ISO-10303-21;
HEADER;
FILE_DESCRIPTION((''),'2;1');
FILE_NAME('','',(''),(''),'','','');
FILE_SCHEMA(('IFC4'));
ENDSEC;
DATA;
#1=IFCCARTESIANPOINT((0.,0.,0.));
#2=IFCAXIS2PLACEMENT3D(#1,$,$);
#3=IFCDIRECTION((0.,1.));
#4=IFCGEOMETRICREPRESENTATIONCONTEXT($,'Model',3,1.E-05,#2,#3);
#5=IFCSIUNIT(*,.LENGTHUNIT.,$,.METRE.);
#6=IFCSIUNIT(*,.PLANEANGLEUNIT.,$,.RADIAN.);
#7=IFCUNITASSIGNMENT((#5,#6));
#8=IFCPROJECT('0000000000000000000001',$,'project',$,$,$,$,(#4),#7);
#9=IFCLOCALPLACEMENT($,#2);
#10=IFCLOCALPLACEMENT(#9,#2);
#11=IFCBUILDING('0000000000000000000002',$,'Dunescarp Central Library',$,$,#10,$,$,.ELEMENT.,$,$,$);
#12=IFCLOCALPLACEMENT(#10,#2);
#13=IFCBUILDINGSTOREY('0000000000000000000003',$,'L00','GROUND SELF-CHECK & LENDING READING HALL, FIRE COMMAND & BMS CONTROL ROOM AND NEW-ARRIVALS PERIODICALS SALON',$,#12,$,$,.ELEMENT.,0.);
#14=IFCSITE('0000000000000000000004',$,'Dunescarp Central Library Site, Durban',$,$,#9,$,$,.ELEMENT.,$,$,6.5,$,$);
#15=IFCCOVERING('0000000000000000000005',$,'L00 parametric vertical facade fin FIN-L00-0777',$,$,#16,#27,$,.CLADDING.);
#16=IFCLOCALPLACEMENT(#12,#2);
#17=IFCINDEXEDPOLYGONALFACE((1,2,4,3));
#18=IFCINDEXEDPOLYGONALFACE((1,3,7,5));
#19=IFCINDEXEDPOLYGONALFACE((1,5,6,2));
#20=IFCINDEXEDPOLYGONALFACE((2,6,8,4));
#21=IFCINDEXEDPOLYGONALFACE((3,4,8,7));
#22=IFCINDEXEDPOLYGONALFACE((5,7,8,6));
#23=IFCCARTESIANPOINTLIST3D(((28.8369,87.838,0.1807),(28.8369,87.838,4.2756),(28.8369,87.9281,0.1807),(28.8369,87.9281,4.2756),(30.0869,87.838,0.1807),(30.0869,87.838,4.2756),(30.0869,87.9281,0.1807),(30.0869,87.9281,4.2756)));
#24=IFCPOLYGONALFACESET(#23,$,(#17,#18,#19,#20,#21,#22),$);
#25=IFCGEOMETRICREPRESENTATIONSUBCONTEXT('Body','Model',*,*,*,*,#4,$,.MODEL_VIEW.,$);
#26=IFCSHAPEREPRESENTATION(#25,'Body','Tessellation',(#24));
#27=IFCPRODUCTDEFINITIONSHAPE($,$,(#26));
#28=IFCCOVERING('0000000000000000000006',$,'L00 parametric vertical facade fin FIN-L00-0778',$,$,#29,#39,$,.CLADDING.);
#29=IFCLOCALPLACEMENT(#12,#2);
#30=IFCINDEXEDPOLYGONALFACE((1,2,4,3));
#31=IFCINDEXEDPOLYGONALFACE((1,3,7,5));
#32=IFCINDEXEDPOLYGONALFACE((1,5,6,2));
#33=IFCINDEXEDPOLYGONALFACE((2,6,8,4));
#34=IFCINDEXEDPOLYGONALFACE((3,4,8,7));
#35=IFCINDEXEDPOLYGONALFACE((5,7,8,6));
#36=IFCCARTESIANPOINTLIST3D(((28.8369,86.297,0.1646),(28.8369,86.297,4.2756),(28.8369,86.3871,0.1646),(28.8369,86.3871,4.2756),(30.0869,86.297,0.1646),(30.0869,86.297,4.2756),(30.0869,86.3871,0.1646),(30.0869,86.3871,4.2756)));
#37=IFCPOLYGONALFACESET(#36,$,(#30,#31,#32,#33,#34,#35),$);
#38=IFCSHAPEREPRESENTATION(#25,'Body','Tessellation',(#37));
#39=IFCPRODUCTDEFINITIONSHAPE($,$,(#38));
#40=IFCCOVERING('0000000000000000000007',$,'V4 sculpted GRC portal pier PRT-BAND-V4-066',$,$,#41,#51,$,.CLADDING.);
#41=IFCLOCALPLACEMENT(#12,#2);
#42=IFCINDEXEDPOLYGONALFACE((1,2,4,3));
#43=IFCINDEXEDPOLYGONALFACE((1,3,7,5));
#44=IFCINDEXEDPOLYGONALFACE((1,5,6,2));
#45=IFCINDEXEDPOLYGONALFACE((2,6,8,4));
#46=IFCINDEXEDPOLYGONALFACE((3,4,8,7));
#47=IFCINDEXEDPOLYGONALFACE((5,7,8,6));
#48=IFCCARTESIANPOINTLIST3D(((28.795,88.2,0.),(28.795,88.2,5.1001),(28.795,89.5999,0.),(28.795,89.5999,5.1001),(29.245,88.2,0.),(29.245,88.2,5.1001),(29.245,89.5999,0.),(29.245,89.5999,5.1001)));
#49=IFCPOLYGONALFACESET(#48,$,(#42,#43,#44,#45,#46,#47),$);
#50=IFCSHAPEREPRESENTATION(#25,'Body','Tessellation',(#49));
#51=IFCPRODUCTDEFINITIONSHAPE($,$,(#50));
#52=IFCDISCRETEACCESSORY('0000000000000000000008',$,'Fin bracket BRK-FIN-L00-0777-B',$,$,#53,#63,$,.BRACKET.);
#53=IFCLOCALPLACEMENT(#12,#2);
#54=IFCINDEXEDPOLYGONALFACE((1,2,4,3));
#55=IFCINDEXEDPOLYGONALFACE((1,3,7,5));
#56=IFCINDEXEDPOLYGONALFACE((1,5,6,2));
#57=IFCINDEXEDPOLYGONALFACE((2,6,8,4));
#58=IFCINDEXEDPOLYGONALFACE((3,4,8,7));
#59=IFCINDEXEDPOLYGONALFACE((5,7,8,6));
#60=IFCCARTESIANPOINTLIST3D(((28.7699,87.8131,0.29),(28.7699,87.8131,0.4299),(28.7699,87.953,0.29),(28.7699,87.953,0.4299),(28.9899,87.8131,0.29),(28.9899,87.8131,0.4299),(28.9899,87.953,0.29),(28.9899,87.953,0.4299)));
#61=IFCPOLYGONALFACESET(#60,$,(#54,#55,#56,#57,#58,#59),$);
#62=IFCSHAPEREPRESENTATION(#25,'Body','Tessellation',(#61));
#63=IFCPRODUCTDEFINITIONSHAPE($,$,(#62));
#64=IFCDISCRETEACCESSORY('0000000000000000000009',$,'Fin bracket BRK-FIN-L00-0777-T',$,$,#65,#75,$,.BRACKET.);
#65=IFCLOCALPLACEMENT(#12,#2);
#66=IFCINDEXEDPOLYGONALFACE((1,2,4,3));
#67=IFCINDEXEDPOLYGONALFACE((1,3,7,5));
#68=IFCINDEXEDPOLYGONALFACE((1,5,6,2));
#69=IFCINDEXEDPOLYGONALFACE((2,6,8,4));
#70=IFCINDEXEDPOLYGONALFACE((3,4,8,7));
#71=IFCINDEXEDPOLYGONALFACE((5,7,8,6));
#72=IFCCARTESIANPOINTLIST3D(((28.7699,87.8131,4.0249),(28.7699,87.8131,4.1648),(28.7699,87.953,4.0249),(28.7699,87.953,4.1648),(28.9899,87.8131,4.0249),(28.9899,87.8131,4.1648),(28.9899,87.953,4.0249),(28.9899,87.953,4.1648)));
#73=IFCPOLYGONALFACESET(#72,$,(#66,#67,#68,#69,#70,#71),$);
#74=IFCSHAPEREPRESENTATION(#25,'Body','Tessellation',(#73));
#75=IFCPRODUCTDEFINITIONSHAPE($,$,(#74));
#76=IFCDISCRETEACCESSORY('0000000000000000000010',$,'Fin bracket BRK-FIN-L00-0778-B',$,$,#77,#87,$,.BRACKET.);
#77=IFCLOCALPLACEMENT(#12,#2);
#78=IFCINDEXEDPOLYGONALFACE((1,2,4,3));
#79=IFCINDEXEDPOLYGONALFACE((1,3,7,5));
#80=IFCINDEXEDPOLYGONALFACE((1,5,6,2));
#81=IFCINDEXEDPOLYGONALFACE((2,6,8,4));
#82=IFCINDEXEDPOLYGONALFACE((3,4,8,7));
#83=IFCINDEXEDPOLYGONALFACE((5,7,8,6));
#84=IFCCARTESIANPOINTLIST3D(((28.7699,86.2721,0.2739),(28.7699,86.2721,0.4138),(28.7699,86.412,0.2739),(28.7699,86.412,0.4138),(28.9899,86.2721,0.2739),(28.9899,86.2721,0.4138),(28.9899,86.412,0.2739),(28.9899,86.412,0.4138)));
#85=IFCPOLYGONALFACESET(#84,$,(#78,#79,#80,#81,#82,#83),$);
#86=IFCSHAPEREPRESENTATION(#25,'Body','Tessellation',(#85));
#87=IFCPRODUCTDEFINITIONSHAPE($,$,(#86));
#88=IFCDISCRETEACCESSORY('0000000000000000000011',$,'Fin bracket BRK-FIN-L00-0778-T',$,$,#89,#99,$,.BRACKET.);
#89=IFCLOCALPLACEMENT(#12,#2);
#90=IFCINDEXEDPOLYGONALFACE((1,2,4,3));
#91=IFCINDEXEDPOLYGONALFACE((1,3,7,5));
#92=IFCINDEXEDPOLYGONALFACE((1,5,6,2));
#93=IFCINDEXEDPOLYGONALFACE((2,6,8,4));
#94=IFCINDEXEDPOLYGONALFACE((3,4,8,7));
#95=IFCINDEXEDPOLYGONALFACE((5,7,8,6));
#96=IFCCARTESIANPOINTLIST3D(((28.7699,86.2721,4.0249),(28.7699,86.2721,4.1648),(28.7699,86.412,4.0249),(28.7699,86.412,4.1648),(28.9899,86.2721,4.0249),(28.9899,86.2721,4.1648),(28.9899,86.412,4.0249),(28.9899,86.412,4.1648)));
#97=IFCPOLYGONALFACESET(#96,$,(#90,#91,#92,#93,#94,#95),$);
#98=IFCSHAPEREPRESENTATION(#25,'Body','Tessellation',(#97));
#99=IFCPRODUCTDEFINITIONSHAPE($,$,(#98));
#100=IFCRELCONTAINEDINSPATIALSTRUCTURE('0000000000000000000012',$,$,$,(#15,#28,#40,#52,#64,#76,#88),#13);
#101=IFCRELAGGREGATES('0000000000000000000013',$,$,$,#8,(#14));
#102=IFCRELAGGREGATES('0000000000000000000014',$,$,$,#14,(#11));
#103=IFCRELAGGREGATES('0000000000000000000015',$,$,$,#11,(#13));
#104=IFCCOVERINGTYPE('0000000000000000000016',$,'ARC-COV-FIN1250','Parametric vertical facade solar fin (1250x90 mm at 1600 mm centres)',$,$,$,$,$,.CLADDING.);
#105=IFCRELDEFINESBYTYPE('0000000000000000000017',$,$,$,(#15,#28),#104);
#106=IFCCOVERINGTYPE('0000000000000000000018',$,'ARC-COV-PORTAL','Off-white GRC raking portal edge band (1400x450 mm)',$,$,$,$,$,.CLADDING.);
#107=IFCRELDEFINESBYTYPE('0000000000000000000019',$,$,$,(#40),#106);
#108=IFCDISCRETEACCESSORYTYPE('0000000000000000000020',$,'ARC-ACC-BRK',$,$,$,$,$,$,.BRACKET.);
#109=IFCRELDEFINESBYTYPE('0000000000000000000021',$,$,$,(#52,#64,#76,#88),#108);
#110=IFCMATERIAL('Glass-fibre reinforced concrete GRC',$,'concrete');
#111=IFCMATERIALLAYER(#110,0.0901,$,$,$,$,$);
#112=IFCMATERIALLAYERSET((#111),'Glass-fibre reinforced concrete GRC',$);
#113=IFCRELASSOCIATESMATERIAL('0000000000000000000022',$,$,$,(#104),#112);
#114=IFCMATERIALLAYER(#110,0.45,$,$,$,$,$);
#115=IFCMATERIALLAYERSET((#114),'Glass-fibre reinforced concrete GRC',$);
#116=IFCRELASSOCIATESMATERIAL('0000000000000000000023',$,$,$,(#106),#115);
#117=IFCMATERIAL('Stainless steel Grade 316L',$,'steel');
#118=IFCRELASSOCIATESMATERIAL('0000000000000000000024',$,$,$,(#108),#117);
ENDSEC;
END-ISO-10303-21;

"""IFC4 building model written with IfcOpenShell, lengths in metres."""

from ifc_helpers import new_model, si_unit, direction, frame, origin, origin_2d, place, context, subcontext, project, spatial, rectangle, extrude, material, layer, layer_set, type_object, element, save


model = new_model("IFC4")

# Units and contexts
model_context = context("Model", 3, precision=1e-05, world=origin(), true_north=direction((0.0, 1.0)))
body_context = subcontext(model_context, "Body", "Model", "MODEL_VIEW")
ifc_project = project(units=[si_unit("LENGTHUNIT", "METRE"), si_unit("PLANEANGLEUNIT", "RADIAN")], contexts=[model_context])

# Site, building, storey
site_placement = place(None, origin())
site = spatial("IfcSite", under=ifc_project, at=site_placement, Name="Dunescarp Central Library Site, Durban", CompositionType="ELEMENT", RefElevation=6.5)
building_placement = place(site_placement, origin())
building = spatial("IfcBuilding", under=site, at=building_placement, Name="Dunescarp Central Library", CompositionType="ELEMENT")
storey_placement = place(building_placement, origin())
storey = spatial("IfcBuildingStorey", under=building, at=storey_placement, Name="L00", Description="GROUND SELF-CHECK & LENDING READING HALL, FIRE COMMAND & BMS CONTROL ROOM AND NEW-ARRIVALS PERIODICALS SALON", CompositionType="ELEMENT", Elevation=0.0)

# Coverings
ifc_material_1 = material(Name="Glass-fibre reinforced concrete GRC", Category="concrete")
ifc_layer_1 = layer(ifc_material_1, 0.0901)
ifc_layer_set_1 = layer_set([ifc_layer_1], Name="Glass-fibre reinforced concrete GRC")
covering_type_1 = type_object("IfcCoveringType", Name="ARC-COV-FIN1250", Description="Parametric vertical facade solar fin (1250x90 mm at 1600 mm centres)", PredefinedType="CLADDING", material=ifc_layer_set_1)
covering_1_placement = place(storey_placement, frame((29.4619, 87.8831, 0.1807), z_axis=(0.0, 0.0, 1.0), x_axis=(1.0, 0.0, 0.0)))
element("IfcCovering", 1, at=covering_1_placement, inside=storey, type_object=covering_type_1, Name="L00 parametric vertical facade fin FIN-L00-0777", PredefinedType="CLADDING", context=body_context, shape_type="SweptSolid", body=[
    extrude(rectangle(XDim=1.25, YDim=0.0901, at=origin_2d()), origin(), (0.0, 0.0, 1.0), 4.095),
])
covering_2_placement = place(storey_placement, frame((29.4619, 86.342, 0.1646), z_axis=(0.0, 0.0, 1.0), x_axis=(1.0, 0.0, 0.0)))
element("IfcCovering", 2, at=covering_2_placement, inside=storey, type_object=covering_type_1, Name="L00 parametric vertical facade fin FIN-L00-0778", PredefinedType="CLADDING", context=body_context, shape_type="SweptSolid", body=[
    extrude(rectangle(XDim=1.25, YDim=0.0901, at=origin_2d()), origin(), (0.0, 0.0, 1.0), 4.1111),
])
ifc_layer_2 = layer(ifc_material_1, 0.45)
ifc_layer_set_2 = layer_set([ifc_layer_2], Name="Glass-fibre reinforced concrete GRC")
covering_type_2 = type_object("IfcCoveringType", Name="ARC-COV-PORTAL", Description="Off-white GRC raking portal edge band (1400x450 mm)", PredefinedType="CLADDING", material=ifc_layer_set_2)
covering_3_placement = place(storey_placement, frame((29.02, 88.8999, 0.0), z_axis=(0.0, 0.0, 1.0), x_axis=(1.0, 0.0, 0.0)))
element("IfcCovering", 3, at=covering_3_placement, inside=storey, type_object=covering_type_2, Name="V4 sculpted GRC portal pier PRT-BAND-V4-066", PredefinedType="CLADDING", context=body_context, shape_type="SweptSolid", body=[
    extrude(rectangle(XDim=0.45, YDim=1.3999, at=origin_2d()), origin(), (0.0, 0.0, 1.0), 5.1001),
])

# Discrete accessories
ifc_material_2 = material(Name="Stainless steel Grade 316L", Category="steel")
discrete_accessory_type = type_object("IfcDiscreteAccessoryType", Name="ARC-ACC-BRK", PredefinedType="BRACKET", material=ifc_material_2)
for number, where, z_axis, x_axis, name in (
    (4, (28.8799, 87.8831, 0.29), (0.0, 0.0, 1.0), (1.0, 0.0, 0.0), "Fin bracket BRK-FIN-L00-0777-B"),
    (5, (28.8799, 87.8831, 4.0249), (0.0, 0.0, 1.0), (1.0, 0.0, 0.0), "Fin bracket BRK-FIN-L00-0777-T"),
    (6, (28.8799, 86.342, 0.2739), (0.0, 0.0, 1.0), (1.0, 0.0, 0.0), "Fin bracket BRK-FIN-L00-0778-B"),
    (7, (28.8799, 86.342, 4.0249), (0.0, 0.0, 1.0), (1.0, 0.0, 0.0), "Fin bracket BRK-FIN-L00-0778-T"),
):
    element("IfcDiscreteAccessory", number, at=place(storey_placement, frame(where, z_axis=z_axis, x_axis=x_axis)), inside=storey, type_object=discrete_accessory_type, Name=name, PredefinedType="BRACKET", context=body_context, shape_type="SweptSolid", body=[
        extrude(rectangle(XDim=0.22, YDim=0.1399, at=origin_2d()), origin(), (0.0, 0.0, 1.0), 0.1399),
    ])

save(model, "model.ifc")
